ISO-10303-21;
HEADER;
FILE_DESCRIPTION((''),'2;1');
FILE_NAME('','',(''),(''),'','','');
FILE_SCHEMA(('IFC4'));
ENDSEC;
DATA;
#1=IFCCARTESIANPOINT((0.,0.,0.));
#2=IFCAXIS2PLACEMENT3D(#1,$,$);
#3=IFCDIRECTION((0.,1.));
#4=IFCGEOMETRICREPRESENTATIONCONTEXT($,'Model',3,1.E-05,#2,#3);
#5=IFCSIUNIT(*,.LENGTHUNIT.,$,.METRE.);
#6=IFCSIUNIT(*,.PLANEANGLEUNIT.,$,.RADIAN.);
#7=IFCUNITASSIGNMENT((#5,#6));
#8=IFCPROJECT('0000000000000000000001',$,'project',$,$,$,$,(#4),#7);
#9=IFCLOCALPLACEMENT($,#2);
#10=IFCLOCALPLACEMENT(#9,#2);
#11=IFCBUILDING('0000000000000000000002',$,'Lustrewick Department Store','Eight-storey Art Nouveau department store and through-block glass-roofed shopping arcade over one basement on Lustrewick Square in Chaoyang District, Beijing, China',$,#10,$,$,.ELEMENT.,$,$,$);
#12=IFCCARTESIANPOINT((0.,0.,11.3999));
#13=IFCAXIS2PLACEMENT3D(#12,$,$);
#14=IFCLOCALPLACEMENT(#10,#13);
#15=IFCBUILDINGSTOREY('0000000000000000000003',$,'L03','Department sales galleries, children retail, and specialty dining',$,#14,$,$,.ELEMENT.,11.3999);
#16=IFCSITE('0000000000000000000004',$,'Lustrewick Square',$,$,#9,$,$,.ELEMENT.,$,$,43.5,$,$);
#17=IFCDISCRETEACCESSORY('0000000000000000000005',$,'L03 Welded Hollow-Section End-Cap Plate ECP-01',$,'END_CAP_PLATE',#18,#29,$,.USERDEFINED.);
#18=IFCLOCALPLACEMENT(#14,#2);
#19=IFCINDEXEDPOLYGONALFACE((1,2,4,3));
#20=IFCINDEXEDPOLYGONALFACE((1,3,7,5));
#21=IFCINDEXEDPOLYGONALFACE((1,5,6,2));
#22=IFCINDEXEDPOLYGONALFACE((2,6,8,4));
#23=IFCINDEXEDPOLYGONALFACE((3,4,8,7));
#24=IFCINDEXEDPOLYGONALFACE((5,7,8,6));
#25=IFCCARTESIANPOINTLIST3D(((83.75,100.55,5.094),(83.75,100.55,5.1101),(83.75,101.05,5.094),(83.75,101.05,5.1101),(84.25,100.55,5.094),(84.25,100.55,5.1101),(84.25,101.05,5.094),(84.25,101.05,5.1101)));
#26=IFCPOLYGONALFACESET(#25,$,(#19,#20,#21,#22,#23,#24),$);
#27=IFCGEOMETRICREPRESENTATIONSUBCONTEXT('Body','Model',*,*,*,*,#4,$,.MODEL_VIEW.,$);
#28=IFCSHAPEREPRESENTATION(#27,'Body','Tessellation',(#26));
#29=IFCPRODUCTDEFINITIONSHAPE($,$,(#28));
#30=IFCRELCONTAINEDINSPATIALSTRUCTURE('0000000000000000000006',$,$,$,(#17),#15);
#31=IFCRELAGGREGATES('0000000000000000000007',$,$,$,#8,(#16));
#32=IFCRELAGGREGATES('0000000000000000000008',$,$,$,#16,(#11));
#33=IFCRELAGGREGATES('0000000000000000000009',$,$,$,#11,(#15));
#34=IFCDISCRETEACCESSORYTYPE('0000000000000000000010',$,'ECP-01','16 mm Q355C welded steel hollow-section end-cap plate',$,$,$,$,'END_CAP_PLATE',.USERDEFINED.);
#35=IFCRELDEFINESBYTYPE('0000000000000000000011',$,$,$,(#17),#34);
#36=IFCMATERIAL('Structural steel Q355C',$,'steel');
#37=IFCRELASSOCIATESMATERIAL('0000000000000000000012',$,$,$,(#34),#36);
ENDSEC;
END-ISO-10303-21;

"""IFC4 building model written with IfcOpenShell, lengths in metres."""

from ifc_helpers import new_model, si_unit, direction, frame, origin, origin_2d, place, context, subcontext, project, spatial, rectangle, extrude, material, type_object, element, save


model = new_model("IFC4")

# Units and contexts
model_context = context("Model", 3, precision=1e-05, world=origin(), true_north=direction((0.0, 1.0)))
body_context = subcontext(model_context, "Body", "Model", "MODEL_VIEW")
ifc_project = project(units=[si_unit("LENGTHUNIT", "METRE"), si_unit("PLANEANGLEUNIT", "RADIAN")], contexts=[model_context])

# Site, building, storey
site_placement = place(None, origin())
site = spatial("IfcSite", under=ifc_project, at=site_placement, Name="Lustrewick Square", CompositionType="ELEMENT", RefElevation=43.5)
building_placement = place(site_placement, origin())
building = spatial("IfcBuilding", under=site, at=building_placement, Name="Lustrewick Department Store", Description="Eight-storey Art Nouveau department store and through-block glass-roofed shopping arcade over one basement on Lustrewick Square in Chaoyang District, Beijing, China", CompositionType="ELEMENT")
storey_placement = place(building_placement, frame((0.0, 0.0, 11.3999)))
storey = spatial("IfcBuildingStorey", under=building, at=storey_placement, Name="L03", Description="Department sales galleries, children retail, and specialty dining", CompositionType="ELEMENT", Elevation=11.3999)

# Shared definitions
ifc_material_1 = material(Name="Structural steel Q355C", Category="steel")

# Discrete accessory
discrete_accessory_type = type_object("IfcDiscreteAccessoryType", Name="ECP-01", Description="16 mm Q355C welded steel hollow-section end-cap plate", ElementType="END_CAP_PLATE", PredefinedType="USERDEFINED", material=ifc_material_1)
discrete_accessory_1_placement = place(storey_placement, frame((84.0, 100.8, 5.094), z_axis=(0.0, 0.0, 1.0), x_axis=(1.0, 0.0, 0.0)))
element("IfcDiscreteAccessory", 1, at=discrete_accessory_1_placement, inside=storey, type_object=discrete_accessory_type, Name="L03 Welded Hollow-Section End-Cap Plate ECP-01", ObjectType="END_CAP_PLATE", PredefinedType="USERDEFINED", context=body_context, shape_type="SweptSolid", body=[
    extrude(rectangle(XDim=0.5, YDim=0.5, at=origin_2d()), origin(), (0.0, 0.0, 1.0), 0.0161),
])

save(model, "model.ifc")
